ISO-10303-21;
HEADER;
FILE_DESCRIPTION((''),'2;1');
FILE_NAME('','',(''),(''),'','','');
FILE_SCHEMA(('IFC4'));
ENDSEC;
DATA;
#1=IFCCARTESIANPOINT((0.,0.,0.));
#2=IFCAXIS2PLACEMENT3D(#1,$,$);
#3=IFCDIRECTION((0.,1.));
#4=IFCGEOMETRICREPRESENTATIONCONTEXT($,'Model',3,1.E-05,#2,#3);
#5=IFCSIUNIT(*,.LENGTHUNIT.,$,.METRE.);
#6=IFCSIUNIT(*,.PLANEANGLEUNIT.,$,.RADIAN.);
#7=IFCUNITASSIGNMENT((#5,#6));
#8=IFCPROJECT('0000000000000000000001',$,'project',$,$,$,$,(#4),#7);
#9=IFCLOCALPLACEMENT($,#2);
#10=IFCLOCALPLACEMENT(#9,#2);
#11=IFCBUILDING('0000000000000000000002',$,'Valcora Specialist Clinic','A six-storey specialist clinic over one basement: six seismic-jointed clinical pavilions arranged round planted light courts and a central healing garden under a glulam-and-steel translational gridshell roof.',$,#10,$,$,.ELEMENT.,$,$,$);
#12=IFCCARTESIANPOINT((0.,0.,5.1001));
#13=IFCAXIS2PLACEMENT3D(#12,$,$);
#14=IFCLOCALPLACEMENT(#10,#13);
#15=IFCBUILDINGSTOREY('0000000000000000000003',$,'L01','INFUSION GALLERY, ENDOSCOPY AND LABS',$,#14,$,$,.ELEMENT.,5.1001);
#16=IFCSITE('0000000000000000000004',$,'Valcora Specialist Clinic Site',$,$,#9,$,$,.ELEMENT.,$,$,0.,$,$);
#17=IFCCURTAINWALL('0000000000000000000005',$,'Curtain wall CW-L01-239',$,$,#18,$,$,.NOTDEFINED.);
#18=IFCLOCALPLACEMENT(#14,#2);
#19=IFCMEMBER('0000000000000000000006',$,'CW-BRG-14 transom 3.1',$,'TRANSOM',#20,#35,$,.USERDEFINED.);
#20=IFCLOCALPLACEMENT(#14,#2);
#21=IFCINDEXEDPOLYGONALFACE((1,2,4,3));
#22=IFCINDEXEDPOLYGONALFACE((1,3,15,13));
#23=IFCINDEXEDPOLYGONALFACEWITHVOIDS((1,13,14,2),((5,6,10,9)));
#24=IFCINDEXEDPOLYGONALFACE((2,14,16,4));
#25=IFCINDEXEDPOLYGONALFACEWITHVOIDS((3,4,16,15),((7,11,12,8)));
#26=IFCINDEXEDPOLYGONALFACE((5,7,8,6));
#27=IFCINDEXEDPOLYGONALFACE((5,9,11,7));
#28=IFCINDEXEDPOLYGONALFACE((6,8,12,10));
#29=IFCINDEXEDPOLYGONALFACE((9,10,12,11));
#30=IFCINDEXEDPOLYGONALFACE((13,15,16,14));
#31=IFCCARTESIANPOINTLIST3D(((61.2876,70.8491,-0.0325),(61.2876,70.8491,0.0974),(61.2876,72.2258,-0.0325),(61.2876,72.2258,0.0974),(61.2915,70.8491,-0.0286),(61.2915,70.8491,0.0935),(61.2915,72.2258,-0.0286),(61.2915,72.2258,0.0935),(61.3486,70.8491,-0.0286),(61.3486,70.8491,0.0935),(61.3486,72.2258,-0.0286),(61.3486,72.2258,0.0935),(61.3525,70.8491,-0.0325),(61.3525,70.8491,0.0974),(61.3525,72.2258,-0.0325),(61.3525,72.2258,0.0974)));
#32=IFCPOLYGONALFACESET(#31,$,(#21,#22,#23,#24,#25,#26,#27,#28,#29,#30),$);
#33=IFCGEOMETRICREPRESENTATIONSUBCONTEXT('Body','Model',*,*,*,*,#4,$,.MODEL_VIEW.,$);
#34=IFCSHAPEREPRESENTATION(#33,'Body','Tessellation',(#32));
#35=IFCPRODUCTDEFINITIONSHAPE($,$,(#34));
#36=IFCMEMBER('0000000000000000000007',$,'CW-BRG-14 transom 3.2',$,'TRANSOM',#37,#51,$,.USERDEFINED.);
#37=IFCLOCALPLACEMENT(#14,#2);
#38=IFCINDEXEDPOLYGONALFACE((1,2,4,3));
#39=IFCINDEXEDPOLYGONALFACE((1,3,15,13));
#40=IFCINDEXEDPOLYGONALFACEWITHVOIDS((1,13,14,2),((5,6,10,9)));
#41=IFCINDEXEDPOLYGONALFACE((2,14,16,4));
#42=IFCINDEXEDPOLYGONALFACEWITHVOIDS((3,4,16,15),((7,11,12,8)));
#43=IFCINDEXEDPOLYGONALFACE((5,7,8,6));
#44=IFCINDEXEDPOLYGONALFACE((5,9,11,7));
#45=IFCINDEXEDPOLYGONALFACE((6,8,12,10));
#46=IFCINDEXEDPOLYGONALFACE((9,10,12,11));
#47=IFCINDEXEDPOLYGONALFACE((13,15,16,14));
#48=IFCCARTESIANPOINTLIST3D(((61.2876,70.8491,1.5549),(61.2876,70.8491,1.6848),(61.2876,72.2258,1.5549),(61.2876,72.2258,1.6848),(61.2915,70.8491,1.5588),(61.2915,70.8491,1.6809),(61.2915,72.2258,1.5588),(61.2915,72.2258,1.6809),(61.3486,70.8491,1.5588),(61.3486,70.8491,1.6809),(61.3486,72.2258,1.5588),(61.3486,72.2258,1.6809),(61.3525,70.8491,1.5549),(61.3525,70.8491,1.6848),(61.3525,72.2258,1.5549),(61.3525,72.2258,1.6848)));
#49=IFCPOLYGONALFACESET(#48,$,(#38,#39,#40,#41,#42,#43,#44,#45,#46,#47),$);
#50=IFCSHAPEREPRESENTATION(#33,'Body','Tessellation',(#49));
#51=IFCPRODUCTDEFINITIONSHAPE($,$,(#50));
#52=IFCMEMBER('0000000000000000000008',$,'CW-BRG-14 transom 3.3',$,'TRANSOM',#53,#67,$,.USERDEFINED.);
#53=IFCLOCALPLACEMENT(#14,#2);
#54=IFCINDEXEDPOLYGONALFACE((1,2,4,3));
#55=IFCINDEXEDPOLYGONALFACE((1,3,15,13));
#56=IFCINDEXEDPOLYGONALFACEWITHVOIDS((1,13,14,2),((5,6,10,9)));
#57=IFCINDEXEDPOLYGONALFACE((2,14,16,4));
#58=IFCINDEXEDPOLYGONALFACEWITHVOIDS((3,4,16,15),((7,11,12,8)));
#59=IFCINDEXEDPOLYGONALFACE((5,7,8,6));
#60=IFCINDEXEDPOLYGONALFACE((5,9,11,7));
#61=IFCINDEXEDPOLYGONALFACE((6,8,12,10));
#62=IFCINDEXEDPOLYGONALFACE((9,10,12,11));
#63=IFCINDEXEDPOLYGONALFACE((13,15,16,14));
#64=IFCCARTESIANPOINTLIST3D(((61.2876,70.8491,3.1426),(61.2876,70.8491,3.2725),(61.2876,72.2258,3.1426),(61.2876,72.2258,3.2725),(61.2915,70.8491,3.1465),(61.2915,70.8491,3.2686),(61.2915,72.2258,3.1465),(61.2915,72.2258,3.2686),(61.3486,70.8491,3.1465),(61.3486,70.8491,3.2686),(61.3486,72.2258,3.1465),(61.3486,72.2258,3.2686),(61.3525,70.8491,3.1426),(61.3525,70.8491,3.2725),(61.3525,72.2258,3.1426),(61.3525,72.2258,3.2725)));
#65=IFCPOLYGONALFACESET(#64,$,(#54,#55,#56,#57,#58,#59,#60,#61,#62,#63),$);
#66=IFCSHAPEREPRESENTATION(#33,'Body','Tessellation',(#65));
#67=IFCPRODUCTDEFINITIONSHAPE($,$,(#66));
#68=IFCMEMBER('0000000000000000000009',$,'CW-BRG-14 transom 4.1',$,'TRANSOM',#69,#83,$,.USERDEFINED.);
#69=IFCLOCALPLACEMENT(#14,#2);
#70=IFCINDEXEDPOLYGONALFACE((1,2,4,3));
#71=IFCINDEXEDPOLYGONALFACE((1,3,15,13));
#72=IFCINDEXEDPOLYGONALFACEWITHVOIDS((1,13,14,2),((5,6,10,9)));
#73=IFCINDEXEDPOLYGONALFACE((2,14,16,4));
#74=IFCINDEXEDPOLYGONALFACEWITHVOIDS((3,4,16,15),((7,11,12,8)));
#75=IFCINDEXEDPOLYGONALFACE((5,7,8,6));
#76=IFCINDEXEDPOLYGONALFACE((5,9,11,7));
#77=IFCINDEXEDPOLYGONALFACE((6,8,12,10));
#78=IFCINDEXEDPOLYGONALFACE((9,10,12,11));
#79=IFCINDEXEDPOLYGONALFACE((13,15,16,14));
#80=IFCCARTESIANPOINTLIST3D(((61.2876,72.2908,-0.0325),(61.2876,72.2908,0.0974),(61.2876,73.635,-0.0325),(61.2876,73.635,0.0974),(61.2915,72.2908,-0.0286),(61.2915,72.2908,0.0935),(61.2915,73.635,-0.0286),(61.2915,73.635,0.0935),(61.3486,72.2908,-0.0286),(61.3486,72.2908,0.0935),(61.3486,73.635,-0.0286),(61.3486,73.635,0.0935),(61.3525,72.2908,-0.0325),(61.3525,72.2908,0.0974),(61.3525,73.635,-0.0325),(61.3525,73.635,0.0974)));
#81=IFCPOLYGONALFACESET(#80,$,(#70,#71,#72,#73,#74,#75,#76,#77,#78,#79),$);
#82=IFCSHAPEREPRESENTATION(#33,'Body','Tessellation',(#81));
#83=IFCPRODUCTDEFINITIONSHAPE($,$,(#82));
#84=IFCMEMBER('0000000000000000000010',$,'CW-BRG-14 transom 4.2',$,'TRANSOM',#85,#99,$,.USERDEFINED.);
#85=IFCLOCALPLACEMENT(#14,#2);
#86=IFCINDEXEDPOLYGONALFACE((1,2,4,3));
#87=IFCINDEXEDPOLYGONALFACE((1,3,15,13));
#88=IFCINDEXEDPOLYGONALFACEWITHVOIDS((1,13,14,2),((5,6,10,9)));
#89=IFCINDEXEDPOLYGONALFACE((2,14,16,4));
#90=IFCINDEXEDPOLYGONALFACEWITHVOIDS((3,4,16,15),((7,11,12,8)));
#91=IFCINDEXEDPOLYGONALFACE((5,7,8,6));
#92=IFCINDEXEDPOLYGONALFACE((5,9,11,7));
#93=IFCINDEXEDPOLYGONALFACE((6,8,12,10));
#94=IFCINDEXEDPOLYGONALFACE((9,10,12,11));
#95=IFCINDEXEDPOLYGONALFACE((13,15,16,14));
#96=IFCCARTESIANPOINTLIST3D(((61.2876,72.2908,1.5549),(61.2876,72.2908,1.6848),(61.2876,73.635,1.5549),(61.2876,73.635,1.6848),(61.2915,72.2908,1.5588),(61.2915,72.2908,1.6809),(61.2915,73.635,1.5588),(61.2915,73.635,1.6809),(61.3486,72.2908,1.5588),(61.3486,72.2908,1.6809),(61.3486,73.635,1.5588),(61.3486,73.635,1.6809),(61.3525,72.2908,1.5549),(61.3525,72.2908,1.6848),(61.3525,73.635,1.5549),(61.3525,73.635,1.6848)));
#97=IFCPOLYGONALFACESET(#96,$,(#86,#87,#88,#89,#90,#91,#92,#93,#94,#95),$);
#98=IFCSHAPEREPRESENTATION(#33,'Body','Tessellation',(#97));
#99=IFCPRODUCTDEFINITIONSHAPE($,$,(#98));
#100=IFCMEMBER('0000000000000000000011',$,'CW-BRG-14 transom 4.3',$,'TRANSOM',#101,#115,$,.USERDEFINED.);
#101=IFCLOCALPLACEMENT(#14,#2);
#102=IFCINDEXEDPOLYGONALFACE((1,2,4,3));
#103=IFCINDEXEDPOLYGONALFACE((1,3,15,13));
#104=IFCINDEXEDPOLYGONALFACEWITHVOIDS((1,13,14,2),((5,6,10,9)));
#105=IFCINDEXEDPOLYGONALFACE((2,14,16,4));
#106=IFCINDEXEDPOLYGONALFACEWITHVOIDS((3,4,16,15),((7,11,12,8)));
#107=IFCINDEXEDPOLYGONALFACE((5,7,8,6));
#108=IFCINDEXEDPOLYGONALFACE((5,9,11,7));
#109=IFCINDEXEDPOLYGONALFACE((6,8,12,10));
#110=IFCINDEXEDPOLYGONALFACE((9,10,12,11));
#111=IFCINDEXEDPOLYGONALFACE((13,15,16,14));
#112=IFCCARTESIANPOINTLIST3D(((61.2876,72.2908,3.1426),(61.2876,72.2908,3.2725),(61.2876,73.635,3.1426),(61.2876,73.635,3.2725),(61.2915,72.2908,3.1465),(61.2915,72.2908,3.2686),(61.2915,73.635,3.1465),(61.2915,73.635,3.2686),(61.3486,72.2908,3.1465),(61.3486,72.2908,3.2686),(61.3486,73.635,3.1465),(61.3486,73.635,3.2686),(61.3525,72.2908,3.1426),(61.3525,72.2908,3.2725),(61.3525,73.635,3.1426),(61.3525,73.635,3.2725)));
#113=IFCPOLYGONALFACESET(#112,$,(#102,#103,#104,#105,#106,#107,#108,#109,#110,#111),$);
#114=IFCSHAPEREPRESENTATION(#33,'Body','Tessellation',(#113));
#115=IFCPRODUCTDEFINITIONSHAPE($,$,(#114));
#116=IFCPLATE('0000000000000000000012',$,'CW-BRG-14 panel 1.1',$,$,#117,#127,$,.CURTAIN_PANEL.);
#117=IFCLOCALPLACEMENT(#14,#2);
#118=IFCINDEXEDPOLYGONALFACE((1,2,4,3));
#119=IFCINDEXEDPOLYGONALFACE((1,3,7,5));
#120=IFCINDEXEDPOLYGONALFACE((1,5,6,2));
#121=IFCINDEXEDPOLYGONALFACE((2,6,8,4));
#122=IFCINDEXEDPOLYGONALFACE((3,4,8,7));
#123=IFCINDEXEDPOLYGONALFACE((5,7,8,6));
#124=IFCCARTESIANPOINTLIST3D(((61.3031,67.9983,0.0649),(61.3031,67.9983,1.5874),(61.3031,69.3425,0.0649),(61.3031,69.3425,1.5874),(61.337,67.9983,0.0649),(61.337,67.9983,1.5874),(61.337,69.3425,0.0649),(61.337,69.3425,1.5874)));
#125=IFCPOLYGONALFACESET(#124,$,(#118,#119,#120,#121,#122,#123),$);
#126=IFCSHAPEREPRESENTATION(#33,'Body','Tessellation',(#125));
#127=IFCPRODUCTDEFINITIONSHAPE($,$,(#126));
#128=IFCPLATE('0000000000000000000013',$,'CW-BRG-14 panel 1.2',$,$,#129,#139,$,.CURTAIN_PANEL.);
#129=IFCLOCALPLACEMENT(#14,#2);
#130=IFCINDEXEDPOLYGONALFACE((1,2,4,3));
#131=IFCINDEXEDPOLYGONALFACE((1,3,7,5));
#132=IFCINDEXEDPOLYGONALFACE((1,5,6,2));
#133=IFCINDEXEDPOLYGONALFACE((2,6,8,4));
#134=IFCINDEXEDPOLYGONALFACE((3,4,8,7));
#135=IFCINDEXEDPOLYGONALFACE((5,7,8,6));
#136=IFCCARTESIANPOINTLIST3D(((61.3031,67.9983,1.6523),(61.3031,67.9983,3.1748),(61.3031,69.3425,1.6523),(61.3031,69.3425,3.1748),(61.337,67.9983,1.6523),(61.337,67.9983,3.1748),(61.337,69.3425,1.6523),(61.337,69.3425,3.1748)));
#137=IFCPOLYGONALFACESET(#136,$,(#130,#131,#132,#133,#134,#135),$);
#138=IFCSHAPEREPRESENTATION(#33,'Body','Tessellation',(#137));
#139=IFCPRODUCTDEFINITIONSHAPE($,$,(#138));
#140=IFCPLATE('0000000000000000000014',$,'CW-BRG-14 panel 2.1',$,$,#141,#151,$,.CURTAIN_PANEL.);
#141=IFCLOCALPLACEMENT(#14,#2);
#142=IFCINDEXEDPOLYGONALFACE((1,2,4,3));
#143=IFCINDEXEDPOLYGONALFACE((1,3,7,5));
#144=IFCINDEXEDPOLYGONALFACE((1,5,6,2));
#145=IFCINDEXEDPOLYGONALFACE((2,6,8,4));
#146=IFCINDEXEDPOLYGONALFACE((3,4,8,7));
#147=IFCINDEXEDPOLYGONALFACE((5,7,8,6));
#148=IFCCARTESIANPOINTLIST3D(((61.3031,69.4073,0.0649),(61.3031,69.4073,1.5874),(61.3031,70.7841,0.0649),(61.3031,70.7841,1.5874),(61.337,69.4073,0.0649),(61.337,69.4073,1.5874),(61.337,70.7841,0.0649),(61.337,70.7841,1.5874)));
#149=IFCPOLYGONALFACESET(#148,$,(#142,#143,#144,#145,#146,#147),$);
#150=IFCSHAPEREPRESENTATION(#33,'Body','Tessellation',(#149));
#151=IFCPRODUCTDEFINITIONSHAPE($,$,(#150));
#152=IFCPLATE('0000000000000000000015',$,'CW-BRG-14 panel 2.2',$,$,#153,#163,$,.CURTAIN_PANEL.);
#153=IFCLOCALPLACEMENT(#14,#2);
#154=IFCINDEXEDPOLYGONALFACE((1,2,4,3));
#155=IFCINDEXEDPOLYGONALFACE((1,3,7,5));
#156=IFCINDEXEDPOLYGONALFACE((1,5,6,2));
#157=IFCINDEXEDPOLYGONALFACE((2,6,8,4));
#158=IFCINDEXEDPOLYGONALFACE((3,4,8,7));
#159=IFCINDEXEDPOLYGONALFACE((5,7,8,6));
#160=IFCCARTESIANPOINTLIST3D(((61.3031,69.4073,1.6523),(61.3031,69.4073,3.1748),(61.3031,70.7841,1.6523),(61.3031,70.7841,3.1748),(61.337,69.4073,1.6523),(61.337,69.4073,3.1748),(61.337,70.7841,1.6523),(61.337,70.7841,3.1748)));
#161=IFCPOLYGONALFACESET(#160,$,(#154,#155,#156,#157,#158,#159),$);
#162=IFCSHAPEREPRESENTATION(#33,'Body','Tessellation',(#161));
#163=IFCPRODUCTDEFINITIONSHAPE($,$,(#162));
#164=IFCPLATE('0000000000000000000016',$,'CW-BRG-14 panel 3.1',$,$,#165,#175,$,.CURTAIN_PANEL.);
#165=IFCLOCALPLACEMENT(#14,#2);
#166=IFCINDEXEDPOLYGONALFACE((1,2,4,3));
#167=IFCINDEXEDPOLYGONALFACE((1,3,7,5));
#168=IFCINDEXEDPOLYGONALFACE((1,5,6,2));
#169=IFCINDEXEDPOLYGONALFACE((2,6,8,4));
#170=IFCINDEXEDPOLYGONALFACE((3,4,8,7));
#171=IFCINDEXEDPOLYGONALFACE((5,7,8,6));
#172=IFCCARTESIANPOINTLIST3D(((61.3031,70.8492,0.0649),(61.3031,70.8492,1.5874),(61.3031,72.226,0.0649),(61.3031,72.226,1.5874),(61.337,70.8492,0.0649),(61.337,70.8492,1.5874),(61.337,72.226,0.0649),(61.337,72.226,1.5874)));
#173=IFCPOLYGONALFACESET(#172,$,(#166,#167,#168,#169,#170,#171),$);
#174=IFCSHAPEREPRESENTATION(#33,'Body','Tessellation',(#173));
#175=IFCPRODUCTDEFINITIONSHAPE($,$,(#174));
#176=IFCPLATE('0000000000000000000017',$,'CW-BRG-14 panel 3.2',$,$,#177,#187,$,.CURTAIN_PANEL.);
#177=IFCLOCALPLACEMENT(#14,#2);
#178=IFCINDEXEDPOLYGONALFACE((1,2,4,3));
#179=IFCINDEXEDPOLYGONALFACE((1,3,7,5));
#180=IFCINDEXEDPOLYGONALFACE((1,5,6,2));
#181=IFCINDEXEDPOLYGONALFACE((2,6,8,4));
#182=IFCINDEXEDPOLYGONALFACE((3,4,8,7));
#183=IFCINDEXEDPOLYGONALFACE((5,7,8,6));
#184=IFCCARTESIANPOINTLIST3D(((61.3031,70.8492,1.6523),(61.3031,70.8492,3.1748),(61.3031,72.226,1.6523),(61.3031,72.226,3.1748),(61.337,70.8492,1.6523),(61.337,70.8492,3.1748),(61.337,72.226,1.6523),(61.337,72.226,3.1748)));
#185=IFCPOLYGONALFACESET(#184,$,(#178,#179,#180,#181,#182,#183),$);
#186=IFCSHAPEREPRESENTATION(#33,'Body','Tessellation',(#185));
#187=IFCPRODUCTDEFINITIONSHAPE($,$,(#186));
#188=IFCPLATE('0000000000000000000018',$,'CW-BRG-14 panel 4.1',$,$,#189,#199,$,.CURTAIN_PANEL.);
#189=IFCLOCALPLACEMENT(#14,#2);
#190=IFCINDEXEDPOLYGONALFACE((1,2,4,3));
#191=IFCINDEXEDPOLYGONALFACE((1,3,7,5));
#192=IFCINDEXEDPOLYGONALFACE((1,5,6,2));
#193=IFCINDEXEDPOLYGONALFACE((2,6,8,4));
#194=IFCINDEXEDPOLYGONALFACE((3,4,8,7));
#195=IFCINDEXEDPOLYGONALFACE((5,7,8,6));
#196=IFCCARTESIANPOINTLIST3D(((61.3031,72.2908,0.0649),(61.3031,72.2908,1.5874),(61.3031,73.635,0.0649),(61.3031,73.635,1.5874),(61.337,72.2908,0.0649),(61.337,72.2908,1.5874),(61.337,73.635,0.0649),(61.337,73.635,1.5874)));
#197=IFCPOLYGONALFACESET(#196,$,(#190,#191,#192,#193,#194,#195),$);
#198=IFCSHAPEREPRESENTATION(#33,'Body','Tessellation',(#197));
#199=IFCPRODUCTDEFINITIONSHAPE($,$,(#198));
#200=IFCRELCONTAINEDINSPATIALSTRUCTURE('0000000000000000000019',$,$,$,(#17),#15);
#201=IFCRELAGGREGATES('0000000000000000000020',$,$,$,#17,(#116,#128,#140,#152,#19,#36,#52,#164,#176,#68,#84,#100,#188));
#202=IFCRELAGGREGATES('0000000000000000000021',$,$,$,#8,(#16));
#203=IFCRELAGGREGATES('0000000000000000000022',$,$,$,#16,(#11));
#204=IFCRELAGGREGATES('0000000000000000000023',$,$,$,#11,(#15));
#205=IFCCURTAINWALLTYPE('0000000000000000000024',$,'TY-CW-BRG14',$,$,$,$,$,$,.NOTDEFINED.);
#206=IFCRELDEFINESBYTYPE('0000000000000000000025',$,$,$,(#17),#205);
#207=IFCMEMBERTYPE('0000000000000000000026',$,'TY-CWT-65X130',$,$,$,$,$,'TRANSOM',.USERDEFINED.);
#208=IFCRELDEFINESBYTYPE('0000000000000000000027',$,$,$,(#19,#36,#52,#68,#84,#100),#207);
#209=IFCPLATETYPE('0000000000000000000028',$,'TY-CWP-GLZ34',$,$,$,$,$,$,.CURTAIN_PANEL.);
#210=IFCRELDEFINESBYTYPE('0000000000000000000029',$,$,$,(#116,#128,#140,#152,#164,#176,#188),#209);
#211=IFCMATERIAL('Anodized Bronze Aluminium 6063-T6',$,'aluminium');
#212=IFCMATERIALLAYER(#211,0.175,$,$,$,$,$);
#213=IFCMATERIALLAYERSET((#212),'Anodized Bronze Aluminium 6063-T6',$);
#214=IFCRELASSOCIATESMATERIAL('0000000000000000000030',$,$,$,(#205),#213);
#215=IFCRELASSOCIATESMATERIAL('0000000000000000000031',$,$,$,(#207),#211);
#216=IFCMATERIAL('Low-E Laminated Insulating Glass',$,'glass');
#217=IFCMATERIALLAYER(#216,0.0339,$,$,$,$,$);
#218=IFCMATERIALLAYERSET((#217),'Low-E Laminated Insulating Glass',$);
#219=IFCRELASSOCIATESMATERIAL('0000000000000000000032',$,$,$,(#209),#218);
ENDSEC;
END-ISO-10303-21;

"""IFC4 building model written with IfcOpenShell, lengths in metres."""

from ifc_helpers import new_model, si_unit, direction, frame, origin, origin_2d, place, context, subcontext, project, spatial, rectangle, hollow_rectangle, extrude, material, layer, layer_set, material_profile, profile_set, type_object, element, aggregate, save


model = new_model("IFC4")

# Units and contexts
model_context = context("Model", 3, precision=1e-05, world=origin(), true_north=direction((0.0, 1.0)))
body_context = subcontext(model_context, "Body", "Model", "MODEL_VIEW")
ifc_project = project(units=[si_unit("LENGTHUNIT", "METRE"), si_unit("PLANEANGLEUNIT", "RADIAN")], contexts=[model_context])

# Site, building, storey
site_placement = place(None, origin())
site = spatial("IfcSite", under=ifc_project, at=site_placement, Name="Valcora Specialist Clinic Site", CompositionType="ELEMENT", RefElevation=0.0)
building_placement = place(site_placement, origin())
building = spatial("IfcBuilding", under=site, at=building_placement, Name="Valcora Specialist Clinic", Description="A six-storey specialist clinic over one basement: six seismic-jointed clinical pavilions arranged round planted light courts and a central healing garden under a glulam-and-steel translational gridshell roof.", CompositionType="ELEMENT")
storey_placement = place(building_placement, frame((0.0, 0.0, 5.1001)))
storey = spatial("IfcBuildingStorey", under=building, at=storey_placement, Name="L01", Description="INFUSION GALLERY, ENDOSCOPY AND LABS", CompositionType="ELEMENT", Elevation=5.1001)

# Curtain wall, members, plates
ifc_material_1 = material(Name="Anodized Bronze Aluminium 6063-T6", Category="aluminium")
ifc_layer_1 = layer(ifc_material_1, 0.175)
ifc_layer_set_1 = layer_set([ifc_layer_1], Name="Anodized Bronze Aluminium 6063-T6")
curtain_wall_type = type_object("IfcCurtainWallType", Name="TY-CW-BRG14", PredefinedType="NOTDEFINED", material=ifc_layer_set_1)
curtain_wall_placement = place(storey_placement, origin())
curtain_wall = element("IfcCurtainWall", 1, at=curtain_wall_placement, inside=storey, type_object=curtain_wall_type, Name="Curtain wall CW-L01-239", PredefinedType="NOTDEFINED")
ifc_material_profile_1 = material_profile(ifc_material_1, hollow_rectangle(XDim=0.0649, YDim=0.1299, WallThickness=0.0039, at=origin_2d()), Name="AL-TRN-65X130")
ifc_profile_set_1 = profile_set([ifc_material_profile_1], Name="Anodized Bronze Aluminium 6063-T6")
member_type_1 = type_object("IfcMemberType", Name="TY-CWT-65X130", ElementType="TRANSOM", PredefinedType="USERDEFINED", material=ifc_profile_set_1)
member_1_placement = place(storey_placement, frame((61.3201, 70.8491, 0.0325), z_axis=(0.0, 1.0, 0.0), x_axis=(-1.0, 0.0, 0.0)))
member_1 = element("IfcMember", 2, at=member_1_placement, type_object=member_type_1, Name="CW-BRG-14 transom 3.1", ObjectType="TRANSOM", PredefinedType="USERDEFINED", context=body_context, shape_type="SweptSolid", body=[
    extrude(hollow_rectangle(XDim=0.0649, YDim=0.1299, WallThickness=0.0039, at=origin_2d()), origin(), (0.0, 0.0, 1.0), 1.3767),
])
member_2_placement = place(storey_placement, frame((61.3201, 70.8491, 1.6199), z_axis=(0.0, 1.0, 0.0), x_axis=(-1.0, 0.0, 0.0)))
member_2 = element("IfcMember", 3, at=member_2_placement, type_object=member_type_1, Name="CW-BRG-14 transom 3.2", ObjectType="TRANSOM", PredefinedType="USERDEFINED", context=body_context, shape_type="SweptSolid", body=[
    extrude(hollow_rectangle(XDim=0.0649, YDim=0.1299, WallThickness=0.0039, at=origin_2d()), origin(), (0.0, 0.0, 1.0), 1.3767),
])
member_3_placement = place(storey_placement, frame((61.3201, 70.8491, 3.2075), z_axis=(0.0, 1.0, 0.0), x_axis=(-1.0, 0.0, 0.0)))
member_3 = element("IfcMember", 4, at=member_3_placement, type_object=member_type_1, Name="CW-BRG-14 transom 3.3", ObjectType="TRANSOM", PredefinedType="USERDEFINED", context=body_context, shape_type="SweptSolid", body=[
    extrude(hollow_rectangle(XDim=0.0649, YDim=0.1299, WallThickness=0.0039, at=origin_2d()), origin(), (0.0, 0.0, 1.0), 1.3767),
])
member_4_placement = place(storey_placement, frame((61.3201, 72.2908, 0.0325), z_axis=(0.0, 1.0, 0.0), x_axis=(-1.0, 0.0, 0.0)))
member_4 = element("IfcMember", 5, at=member_4_placement, type_object=member_type_1, Name="CW-BRG-14 transom 4.1", ObjectType="TRANSOM", PredefinedType="USERDEFINED", context=body_context, shape_type="SweptSolid", body=[
    extrude(hollow_rectangle(XDim=0.0649, YDim=0.1299, WallThickness=0.0039, at=origin_2d()), origin(), (0.0, 0.0, 1.0), 1.3442),
])
member_5_placement = place(storey_placement, frame((61.3201, 72.2908, 1.6199), z_axis=(0.0, 1.0, 0.0), x_axis=(-1.0, 0.0, 0.0)))
member_5 = element("IfcMember", 6, at=member_5_placement, type_object=member_type_1, Name="CW-BRG-14 transom 4.2", ObjectType="TRANSOM", PredefinedType="USERDEFINED", context=body_context, shape_type="SweptSolid", body=[
    extrude(hollow_rectangle(XDim=0.0649, YDim=0.1299, WallThickness=0.0039, at=origin_2d()), origin(), (0.0, 0.0, 1.0), 1.3442),
])
member_6_placement = place(storey_placement, frame((61.3201, 72.2908, 3.2075), z_axis=(0.0, 1.0, 0.0), x_axis=(-1.0, 0.0, 0.0)))
member_6 = element("IfcMember", 7, at=member_6_placement, type_object=member_type_1, Name="CW-BRG-14 transom 4.3", ObjectType="TRANSOM", PredefinedType="USERDEFINED", context=body_context, shape_type="SweptSolid", body=[
    extrude(hollow_rectangle(XDim=0.0649, YDim=0.1299, WallThickness=0.0039, at=origin_2d()), origin(), (0.0, 0.0, 1.0), 1.3442),
])
ifc_material_2 = material(Name="Low-E Laminated Insulating Glass", Category="glass")
ifc_layer_2 = layer(ifc_material_2, 0.0339)
ifc_layer_set_2 = layer_set([ifc_layer_2], Name="Low-E Laminated Insulating Glass")
plate_type = type_object("IfcPlateType", Name="TY-CWP-GLZ34", PredefinedType="CURTAIN_PANEL", material=ifc_layer_set_2)
plate_1_placement = place(storey_placement, frame((61.3201, 68.6704, 0.0649), z_axis=(0.0, 0.0, 1.0), x_axis=(0.0, 1.0, 0.0)))
plate_1 = element("IfcPlate", 8, at=plate_1_placement, type_object=plate_type, Name="CW-BRG-14 panel 1.1", PredefinedType="CURTAIN_PANEL", context=body_context, shape_type="SweptSolid", body=[
    extrude(rectangle(XDim=1.3442, YDim=0.0339, at=origin_2d()), origin(), (0.0, 0.0, 1.0), 1.5225),
])
plate_2_placement = place(storey_placement, frame((61.3201, 68.6704, 1.6523), z_axis=(0.0, 0.0, 1.0), x_axis=(0.0, 1.0, 0.0)))
plate_2 = element("IfcPlate", 9, at=plate_2_placement, type_object=plate_type, Name="CW-BRG-14 panel 1.2", PredefinedType="CURTAIN_PANEL", context=body_context, shape_type="SweptSolid", body=[
    extrude(rectangle(XDim=1.3442, YDim=0.0339, at=origin_2d()), origin(), (0.0, 0.0, 1.0), 1.5225),
])
plate_3_placement = place(storey_placement, frame((61.3201, 70.0957, 0.0649), z_axis=(0.0, 0.0, 1.0), x_axis=(0.0, 1.0, 0.0)))
plate_3 = element("IfcPlate", 10, at=plate_3_placement, type_object=plate_type, Name="CW-BRG-14 panel 2.1", PredefinedType="CURTAIN_PANEL", context=body_context, shape_type="SweptSolid", body=[
    extrude(rectangle(XDim=1.3767, YDim=0.0339, at=origin_2d()), origin(), (0.0, 0.0, 1.0), 1.5225),
])
plate_4_placement = place(storey_placement, frame((61.3201, 70.0957, 1.6523), z_axis=(0.0, 0.0, 1.0), x_axis=(0.0, 1.0, 0.0)))
plate_4 = element("IfcPlate", 11, at=plate_4_placement, type_object=plate_type, Name="CW-BRG-14 panel 2.2", PredefinedType="CURTAIN_PANEL", context=body_context, shape_type="SweptSolid", body=[
    extrude(rectangle(XDim=1.3767, YDim=0.0339, at=origin_2d()), origin(), (0.0, 0.0, 1.0), 1.5225),
])
plate_5_placement = place(storey_placement, frame((61.3201, 71.5376, 0.0649), z_axis=(0.0, 0.0, 1.0), x_axis=(0.0, 1.0, 0.0)))
plate_5 = element("IfcPlate", 12, at=plate_5_placement, type_object=plate_type, Name="CW-BRG-14 panel 3.1", PredefinedType="CURTAIN_PANEL", context=body_context, shape_type="SweptSolid", body=[
    extrude(rectangle(XDim=1.3767, YDim=0.0339, at=origin_2d()), origin(), (0.0, 0.0, 1.0), 1.5225),
])
plate_6_placement = place(storey_placement, frame((61.3201, 71.5376, 1.6523), z_axis=(0.0, 0.0, 1.0), x_axis=(0.0, 1.0, 0.0)))
plate_6 = element("IfcPlate", 13, at=plate_6_placement, type_object=plate_type, Name="CW-BRG-14 panel 3.2", PredefinedType="CURTAIN_PANEL", context=body_context, shape_type="SweptSolid", body=[
    extrude(rectangle(XDim=1.3767, YDim=0.0339, at=origin_2d()), origin(), (0.0, 0.0, 1.0), 1.5225),
])
plate_7_placement = place(storey_placement, frame((61.3201, 72.9629, 0.0649), z_axis=(0.0, 0.0, 1.0), x_axis=(0.0, 1.0, 0.0)))
plate_7 = element("IfcPlate", 14, at=plate_7_placement, type_object=plate_type, Name="CW-BRG-14 panel 4.1", PredefinedType="CURTAIN_PANEL", context=body_context, shape_type="SweptSolid", body=[
    extrude(rectangle(XDim=1.3442, YDim=0.0339, at=origin_2d()), origin(), (0.0, 0.0, 1.0), 1.5225),
])
aggregate(curtain_wall, [plate_1, plate_2, plate_3, plate_4, member_1, member_2, member_3, plate_5, plate_6, member_4, member_5, member_6, plate_7])

save(model, "model.ifc")
